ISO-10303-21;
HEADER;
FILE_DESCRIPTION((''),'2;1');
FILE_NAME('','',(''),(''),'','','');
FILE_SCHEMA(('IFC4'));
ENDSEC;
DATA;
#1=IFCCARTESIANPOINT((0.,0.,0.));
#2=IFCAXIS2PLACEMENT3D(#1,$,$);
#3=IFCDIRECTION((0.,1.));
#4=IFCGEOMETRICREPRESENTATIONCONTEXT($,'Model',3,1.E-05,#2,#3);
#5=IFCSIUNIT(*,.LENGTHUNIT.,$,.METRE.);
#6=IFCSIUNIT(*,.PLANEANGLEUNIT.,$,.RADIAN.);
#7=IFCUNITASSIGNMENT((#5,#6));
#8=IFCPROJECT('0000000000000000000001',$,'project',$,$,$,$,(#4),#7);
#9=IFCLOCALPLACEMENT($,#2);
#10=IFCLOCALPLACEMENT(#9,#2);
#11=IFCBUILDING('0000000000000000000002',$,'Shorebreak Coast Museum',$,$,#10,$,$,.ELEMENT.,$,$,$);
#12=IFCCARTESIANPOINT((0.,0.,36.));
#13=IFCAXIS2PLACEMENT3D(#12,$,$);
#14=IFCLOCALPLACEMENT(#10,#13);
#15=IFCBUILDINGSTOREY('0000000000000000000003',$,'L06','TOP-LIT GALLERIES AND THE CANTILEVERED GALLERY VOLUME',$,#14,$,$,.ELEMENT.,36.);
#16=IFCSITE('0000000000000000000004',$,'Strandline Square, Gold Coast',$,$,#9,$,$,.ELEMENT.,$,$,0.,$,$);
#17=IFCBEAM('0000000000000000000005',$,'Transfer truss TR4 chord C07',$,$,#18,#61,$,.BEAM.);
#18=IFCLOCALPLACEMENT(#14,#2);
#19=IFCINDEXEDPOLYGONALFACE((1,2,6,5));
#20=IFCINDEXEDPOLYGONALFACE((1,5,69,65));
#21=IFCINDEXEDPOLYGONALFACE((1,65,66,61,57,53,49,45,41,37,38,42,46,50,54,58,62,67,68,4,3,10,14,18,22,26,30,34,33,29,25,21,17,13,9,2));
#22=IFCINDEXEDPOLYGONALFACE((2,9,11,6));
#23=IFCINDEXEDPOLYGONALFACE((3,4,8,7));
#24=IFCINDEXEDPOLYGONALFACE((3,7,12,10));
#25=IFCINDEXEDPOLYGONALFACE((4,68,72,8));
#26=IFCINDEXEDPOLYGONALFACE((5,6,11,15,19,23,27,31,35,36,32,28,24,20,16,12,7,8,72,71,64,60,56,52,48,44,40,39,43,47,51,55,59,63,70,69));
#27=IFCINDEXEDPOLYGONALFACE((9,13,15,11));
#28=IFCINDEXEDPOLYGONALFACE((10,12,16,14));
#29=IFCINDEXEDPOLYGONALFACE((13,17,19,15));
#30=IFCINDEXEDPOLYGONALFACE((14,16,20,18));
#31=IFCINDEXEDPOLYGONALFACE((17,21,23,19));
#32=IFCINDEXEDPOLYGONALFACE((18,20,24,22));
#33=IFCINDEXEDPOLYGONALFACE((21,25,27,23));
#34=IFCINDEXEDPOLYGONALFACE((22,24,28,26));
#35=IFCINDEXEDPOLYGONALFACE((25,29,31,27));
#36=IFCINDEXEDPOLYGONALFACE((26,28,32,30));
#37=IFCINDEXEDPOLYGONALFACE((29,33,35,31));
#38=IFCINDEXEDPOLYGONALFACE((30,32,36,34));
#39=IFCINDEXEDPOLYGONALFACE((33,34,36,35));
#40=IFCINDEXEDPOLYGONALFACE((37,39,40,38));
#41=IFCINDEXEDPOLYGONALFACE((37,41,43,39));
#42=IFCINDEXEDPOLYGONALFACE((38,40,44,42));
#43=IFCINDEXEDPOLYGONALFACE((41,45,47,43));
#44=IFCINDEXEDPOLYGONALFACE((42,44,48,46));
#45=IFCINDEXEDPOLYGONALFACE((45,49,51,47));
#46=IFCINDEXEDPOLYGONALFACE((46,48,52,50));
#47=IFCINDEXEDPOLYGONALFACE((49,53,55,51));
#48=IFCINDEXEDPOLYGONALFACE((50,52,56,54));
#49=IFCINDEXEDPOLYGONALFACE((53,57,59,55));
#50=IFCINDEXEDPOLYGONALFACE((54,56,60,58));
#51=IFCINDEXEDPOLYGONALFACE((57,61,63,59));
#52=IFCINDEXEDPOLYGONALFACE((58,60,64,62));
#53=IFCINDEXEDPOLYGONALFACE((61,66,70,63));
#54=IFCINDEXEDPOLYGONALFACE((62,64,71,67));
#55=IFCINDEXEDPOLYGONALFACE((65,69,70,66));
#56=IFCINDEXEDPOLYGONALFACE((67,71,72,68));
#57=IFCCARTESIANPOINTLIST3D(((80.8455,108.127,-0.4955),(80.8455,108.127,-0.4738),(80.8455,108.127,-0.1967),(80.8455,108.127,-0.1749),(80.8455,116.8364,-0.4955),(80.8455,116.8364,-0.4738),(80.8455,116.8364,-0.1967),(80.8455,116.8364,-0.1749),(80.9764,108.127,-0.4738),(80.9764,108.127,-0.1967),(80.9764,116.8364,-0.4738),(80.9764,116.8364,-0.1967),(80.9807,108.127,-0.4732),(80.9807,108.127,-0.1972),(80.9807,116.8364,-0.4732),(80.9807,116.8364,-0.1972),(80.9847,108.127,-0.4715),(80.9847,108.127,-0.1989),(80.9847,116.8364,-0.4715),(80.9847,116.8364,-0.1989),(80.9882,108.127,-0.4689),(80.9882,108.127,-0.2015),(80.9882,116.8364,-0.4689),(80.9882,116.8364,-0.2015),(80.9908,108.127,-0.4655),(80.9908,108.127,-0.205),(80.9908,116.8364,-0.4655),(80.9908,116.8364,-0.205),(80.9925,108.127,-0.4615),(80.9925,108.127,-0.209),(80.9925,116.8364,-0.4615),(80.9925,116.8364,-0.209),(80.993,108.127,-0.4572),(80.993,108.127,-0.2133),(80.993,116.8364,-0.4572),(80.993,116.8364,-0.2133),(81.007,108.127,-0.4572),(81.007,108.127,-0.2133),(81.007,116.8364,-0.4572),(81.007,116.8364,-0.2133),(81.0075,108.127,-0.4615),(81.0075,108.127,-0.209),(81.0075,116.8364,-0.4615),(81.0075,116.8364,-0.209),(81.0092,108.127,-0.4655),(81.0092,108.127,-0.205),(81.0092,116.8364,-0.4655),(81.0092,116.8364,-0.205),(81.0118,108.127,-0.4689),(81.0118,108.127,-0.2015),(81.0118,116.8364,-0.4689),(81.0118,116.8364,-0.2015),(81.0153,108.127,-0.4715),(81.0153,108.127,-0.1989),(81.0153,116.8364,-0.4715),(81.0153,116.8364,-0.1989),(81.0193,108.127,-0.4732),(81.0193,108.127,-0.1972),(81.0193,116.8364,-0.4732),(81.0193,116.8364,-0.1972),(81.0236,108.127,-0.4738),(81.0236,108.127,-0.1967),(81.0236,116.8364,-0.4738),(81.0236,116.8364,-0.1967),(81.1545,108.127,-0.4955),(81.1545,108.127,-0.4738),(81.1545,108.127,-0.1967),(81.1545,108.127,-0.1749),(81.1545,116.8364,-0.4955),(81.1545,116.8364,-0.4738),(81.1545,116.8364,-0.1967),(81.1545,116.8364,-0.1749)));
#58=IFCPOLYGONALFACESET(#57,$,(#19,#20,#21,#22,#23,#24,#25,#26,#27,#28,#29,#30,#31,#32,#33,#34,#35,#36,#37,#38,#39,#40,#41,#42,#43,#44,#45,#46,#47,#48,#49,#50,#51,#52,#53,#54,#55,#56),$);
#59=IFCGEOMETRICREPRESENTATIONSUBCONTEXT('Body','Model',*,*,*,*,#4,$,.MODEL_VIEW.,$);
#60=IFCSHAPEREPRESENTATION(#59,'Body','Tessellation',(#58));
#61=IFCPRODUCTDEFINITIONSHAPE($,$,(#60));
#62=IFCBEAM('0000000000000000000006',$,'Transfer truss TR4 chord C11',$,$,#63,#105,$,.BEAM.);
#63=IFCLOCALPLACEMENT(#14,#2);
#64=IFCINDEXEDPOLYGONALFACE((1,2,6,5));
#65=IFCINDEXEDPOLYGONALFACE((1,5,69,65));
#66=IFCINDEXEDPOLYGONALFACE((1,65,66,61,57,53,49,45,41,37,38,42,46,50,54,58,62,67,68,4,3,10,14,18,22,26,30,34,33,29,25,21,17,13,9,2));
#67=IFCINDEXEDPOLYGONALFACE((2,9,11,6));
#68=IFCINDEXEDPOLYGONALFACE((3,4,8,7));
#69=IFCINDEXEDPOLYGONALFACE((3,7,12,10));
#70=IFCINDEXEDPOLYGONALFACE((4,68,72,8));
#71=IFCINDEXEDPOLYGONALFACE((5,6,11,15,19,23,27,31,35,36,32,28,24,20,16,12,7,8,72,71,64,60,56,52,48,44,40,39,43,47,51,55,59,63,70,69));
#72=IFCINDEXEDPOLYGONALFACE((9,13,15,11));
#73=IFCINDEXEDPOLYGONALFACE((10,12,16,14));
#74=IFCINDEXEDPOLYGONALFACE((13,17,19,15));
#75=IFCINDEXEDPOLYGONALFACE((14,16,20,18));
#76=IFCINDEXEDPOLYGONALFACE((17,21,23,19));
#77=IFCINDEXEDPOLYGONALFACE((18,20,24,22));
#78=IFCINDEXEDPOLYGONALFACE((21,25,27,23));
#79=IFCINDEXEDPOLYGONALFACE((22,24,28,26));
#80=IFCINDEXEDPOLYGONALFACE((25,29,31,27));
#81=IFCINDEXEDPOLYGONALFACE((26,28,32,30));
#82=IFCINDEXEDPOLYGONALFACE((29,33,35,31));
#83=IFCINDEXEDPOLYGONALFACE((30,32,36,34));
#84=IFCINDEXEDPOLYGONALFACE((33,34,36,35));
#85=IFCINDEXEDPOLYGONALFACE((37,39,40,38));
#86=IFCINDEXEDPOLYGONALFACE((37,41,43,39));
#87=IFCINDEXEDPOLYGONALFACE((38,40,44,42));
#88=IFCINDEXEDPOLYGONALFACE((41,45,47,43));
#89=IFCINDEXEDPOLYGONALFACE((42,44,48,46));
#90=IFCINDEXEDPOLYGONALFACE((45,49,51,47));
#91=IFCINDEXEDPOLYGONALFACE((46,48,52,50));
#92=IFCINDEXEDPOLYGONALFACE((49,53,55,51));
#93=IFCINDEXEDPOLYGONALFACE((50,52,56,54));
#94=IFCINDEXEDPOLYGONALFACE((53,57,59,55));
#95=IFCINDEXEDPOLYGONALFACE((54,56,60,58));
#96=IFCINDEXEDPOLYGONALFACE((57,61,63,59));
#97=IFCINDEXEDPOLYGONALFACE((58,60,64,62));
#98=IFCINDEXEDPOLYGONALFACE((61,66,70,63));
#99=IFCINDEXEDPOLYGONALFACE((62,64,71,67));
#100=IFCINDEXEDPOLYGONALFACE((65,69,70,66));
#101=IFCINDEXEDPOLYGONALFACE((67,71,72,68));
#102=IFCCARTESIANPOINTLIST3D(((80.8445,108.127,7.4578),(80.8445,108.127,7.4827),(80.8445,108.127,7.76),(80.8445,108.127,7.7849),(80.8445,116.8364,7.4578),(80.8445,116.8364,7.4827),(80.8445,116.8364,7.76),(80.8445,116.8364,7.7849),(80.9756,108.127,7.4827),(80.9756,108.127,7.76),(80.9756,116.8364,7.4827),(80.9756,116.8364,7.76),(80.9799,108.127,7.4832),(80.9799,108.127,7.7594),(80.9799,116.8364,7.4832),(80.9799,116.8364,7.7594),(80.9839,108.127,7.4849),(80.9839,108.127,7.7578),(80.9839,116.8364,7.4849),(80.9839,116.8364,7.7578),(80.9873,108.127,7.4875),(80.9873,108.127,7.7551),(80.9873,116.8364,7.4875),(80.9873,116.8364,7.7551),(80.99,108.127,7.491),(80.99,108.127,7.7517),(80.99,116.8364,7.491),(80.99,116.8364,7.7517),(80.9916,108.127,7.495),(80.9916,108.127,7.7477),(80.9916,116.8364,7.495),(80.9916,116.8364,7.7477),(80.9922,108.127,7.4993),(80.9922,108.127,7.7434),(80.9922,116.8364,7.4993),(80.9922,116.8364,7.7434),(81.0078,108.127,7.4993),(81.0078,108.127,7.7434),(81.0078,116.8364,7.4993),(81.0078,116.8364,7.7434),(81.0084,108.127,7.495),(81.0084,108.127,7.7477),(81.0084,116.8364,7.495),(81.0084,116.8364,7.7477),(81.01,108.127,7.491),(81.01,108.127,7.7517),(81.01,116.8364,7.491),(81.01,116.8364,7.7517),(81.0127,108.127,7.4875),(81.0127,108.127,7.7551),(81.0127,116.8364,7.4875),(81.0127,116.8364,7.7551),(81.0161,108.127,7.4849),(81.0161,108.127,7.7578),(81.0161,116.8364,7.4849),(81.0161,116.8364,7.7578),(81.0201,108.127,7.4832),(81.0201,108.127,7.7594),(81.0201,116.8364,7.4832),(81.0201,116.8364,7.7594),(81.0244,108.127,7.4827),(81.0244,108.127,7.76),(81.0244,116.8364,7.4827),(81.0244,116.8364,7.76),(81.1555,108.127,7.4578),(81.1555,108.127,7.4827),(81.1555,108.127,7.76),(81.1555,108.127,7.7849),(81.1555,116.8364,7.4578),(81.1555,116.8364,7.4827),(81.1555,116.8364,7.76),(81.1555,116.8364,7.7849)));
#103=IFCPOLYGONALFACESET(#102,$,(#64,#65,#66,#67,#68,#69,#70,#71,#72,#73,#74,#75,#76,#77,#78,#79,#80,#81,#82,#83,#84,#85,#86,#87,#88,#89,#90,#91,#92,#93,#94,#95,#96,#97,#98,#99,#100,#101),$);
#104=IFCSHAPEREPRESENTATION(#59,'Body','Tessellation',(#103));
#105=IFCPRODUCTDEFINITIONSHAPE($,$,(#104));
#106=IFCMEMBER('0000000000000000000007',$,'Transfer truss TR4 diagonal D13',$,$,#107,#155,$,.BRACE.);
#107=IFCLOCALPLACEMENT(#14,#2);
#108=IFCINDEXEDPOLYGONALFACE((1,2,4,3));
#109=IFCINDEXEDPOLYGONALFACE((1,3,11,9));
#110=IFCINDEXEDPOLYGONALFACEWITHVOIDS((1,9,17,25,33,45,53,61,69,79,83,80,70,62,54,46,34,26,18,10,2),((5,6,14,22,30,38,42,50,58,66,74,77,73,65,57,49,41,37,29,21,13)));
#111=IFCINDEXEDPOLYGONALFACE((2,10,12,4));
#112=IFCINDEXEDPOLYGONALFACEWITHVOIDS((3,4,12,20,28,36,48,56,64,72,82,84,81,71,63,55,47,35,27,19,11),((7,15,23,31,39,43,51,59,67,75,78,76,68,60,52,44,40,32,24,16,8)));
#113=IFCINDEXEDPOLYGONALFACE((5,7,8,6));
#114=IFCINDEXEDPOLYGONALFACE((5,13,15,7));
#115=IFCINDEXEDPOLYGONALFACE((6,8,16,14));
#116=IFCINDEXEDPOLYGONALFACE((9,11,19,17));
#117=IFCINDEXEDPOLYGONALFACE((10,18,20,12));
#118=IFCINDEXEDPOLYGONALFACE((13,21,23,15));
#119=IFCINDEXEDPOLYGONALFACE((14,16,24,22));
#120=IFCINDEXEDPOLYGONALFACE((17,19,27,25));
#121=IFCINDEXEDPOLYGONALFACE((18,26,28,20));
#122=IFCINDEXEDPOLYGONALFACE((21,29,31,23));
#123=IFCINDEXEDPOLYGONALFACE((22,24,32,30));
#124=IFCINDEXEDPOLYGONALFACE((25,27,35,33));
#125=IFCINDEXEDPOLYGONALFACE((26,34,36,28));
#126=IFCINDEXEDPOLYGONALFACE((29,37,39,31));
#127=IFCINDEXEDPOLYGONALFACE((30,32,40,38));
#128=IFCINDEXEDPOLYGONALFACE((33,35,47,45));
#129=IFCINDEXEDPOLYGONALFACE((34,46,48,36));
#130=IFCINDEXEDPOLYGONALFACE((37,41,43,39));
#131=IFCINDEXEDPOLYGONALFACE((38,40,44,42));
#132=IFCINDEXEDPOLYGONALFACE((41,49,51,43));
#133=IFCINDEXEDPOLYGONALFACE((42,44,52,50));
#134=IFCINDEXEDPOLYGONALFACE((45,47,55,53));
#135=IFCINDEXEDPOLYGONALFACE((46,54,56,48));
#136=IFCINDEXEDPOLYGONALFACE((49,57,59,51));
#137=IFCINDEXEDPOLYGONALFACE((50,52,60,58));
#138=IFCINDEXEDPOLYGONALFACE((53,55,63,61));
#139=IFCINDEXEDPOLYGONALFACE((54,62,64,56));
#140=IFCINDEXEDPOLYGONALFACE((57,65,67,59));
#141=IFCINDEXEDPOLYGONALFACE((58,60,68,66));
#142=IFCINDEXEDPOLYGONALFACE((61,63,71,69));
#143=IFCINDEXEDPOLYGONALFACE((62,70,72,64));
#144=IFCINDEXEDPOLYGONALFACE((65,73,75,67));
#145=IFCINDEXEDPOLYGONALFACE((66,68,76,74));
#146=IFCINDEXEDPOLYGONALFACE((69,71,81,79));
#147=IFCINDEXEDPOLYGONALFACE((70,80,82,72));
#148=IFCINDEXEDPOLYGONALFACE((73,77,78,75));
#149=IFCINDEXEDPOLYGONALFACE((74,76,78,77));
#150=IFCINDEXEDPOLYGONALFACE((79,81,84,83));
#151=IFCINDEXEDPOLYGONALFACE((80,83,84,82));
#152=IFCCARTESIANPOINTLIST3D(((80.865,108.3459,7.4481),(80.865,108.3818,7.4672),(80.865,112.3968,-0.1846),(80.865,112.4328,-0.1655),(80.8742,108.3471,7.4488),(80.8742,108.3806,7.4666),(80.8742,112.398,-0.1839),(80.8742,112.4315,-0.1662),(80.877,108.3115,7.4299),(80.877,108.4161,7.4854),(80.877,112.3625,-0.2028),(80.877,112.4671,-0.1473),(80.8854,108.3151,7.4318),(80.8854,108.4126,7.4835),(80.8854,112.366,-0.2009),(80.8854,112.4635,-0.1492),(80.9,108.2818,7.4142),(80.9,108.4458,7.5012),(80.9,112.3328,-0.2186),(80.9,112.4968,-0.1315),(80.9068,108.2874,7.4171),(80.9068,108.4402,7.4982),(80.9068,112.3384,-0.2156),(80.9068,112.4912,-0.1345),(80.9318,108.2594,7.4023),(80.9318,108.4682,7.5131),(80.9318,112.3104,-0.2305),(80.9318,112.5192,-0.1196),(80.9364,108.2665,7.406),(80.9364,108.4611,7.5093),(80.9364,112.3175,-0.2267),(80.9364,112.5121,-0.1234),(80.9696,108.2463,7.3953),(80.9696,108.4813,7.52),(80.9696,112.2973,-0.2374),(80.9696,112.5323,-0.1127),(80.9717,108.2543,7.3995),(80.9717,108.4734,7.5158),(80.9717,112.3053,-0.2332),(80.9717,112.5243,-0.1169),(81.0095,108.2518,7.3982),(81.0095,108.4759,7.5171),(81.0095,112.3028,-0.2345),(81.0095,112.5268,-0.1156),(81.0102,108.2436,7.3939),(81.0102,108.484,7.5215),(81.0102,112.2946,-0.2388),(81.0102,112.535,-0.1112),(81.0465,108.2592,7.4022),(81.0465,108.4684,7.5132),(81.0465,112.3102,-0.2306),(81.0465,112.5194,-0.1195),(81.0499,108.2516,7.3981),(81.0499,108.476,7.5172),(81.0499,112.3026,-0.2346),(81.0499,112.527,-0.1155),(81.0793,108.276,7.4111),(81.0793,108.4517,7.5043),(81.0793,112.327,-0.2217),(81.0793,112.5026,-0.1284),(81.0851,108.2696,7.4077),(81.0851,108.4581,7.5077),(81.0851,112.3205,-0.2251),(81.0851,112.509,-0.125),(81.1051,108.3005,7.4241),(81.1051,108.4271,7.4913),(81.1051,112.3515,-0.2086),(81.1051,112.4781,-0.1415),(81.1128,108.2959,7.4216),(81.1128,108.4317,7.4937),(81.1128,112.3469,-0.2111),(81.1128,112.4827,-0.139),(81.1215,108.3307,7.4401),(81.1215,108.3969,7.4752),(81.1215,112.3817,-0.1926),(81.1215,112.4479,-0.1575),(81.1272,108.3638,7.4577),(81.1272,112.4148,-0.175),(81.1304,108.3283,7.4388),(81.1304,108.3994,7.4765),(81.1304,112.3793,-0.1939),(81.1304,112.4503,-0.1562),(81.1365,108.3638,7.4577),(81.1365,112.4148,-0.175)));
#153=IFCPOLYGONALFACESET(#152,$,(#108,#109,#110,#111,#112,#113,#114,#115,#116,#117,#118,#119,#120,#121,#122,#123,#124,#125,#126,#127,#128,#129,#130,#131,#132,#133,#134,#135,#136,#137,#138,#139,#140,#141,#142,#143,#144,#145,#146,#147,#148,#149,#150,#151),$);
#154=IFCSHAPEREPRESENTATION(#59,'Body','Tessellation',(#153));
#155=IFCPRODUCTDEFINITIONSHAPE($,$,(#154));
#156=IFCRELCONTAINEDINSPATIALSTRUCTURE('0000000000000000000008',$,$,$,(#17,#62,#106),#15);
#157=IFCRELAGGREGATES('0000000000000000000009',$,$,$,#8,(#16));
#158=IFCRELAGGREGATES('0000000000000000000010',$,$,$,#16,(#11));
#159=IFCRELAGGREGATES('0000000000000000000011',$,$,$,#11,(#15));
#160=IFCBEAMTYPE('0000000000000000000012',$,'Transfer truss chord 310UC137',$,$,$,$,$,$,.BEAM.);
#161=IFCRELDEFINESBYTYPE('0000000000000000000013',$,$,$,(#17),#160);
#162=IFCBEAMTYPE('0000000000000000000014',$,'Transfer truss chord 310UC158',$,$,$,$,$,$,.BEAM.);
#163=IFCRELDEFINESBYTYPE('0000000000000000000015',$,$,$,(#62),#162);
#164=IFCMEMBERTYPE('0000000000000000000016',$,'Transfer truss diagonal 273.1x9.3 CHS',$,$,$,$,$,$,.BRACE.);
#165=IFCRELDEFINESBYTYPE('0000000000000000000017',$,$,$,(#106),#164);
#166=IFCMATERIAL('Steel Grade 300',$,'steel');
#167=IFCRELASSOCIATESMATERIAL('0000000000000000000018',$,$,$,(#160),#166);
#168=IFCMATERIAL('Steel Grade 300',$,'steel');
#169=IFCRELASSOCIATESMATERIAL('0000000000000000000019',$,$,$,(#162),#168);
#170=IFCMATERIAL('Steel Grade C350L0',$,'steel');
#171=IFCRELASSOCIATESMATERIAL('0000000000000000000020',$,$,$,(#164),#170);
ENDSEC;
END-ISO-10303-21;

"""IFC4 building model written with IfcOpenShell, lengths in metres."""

from ifc_helpers import new_model, si_unit, direction, frame, origin, origin_2d, place, context, subcontext, project, spatial, hollow_circle, i_section, extrude, material, material_profile, profile_set, type_object, element, save


model = new_model("IFC4")

# Units and contexts
model_context = context("Model", 3, precision=1e-05, world=origin(), true_north=direction((0.0, 1.0)))
body_context = subcontext(model_context, "Body", "Model", "MODEL_VIEW")
ifc_project = project(units=[si_unit("LENGTHUNIT", "METRE"), si_unit("PLANEANGLEUNIT", "RADIAN")], contexts=[model_context])

# Site, building, storey
site_placement = place(None, origin())
site = spatial("IfcSite", under=ifc_project, at=site_placement, Name="Strandline Square, Gold Coast", CompositionType="ELEMENT", RefElevation=0.0)
building_placement = place(site_placement, origin())
building = spatial("IfcBuilding", under=site, at=building_placement, Name="Shorebreak Coast Museum", CompositionType="ELEMENT")
storey_placement = place(building_placement, frame((0.0, 0.0, 36.0)))
storey = spatial("IfcBuildingStorey", under=building, at=storey_placement, Name="L06", Description="TOP-LIT GALLERIES AND THE CANTILEVERED GALLERY VOLUME", CompositionType="ELEMENT", Elevation=36.0)

# Beams
ifc_material_1 = material(Name="Steel Grade 300", Category="steel")
ifc_material_profile_1 = material_profile(ifc_material_1, i_section(OverallWidth=0.3091, OverallDepth=0.3206, WebThickness=0.0139, FlangeThickness=0.0217, FilletRadius=0.0166, at=origin_2d()), Name="310UC137")
ifc_profile_set_1 = profile_set([ifc_material_profile_1], Name="Steel Grade 300")
beam_type_1 = type_object("IfcBeamType", Name="Transfer truss chord 310UC137", PredefinedType="BEAM", material=ifc_profile_set_1)
beam_1_placement = place(storey_placement, frame((81.0, 108.127, -0.3352), z_axis=(0.0, 1.0, 0.0), x_axis=(-1.0, 0.0, 0.0)))
element("IfcBeam", 1, at=beam_1_placement, inside=storey, type_object=beam_type_1, Name="Transfer truss TR4 chord C07", PredefinedType="BEAM", context=body_context, shape_type="SweptSolid", body=[
    extrude(i_section(OverallWidth=0.3091, OverallDepth=0.3206, WebThickness=0.0139, FlangeThickness=0.0217, FilletRadius=0.0166, at=origin_2d()), origin(), (0.0, 0.0, 1.0), 8.7095),
])
ifc_material_2 = material(Name="Steel Grade 300", Category="steel")
ifc_material_profile_2 = material_profile(ifc_material_2, i_section(OverallWidth=0.311, OverallDepth=0.3271, WebThickness=0.0156, FlangeThickness=0.0249, FilletRadius=0.0166, at=origin_2d()), Name="310UC158")
ifc_profile_set_2 = profile_set([ifc_material_profile_2], Name="Steel Grade 300")
beam_type_2 = type_object("IfcBeamType", Name="Transfer truss chord 310UC158", PredefinedType="BEAM", material=ifc_profile_set_2)
beam_2_placement = place(storey_placement, frame((81.0, 108.127, 7.6213), z_axis=(0.0, 1.0, 0.0), x_axis=(-1.0, 0.0, 0.0)))
element("IfcBeam", 2, at=beam_2_placement, inside=storey, type_object=beam_type_2, Name="Transfer truss TR4 chord C11", PredefinedType="BEAM", context=body_context, shape_type="SweptSolid", body=[
    extrude(i_section(OverallWidth=0.311, OverallDepth=0.3271, WebThickness=0.0156, FlangeThickness=0.0249, FilletRadius=0.0166, at=origin_2d()), origin(), (0.0, 0.0, 1.0), 8.7095),
])

# Member
ifc_material_3 = material(Name="Steel Grade C350L0", Category="steel")
ifc_material_profile_3 = material_profile(ifc_material_3, hollow_circle(Radius=0.1365, WallThickness=0.0093, at=origin_2d()), Name="273.1x9.3 CHS")
ifc_profile_set_3 = profile_set([ifc_material_profile_3], Name="Steel Grade C350L0")
member_type_1 = type_object("IfcMemberType", Name="Transfer truss diagonal 273.1x9.3 CHS", PredefinedType="BRACE", material=ifc_profile_set_3)
member_1_placement = place(storey_placement, frame((81.0, 112.4148, -0.175), z_axis=(0.0, -0.468803, 0.883303), x_axis=(1.0, 0.0, 0.0)))
element("IfcMember", 3, at=member_1_placement, inside=storey, type_object=member_type_1, Name="Transfer truss TR4 diagonal D13", PredefinedType="BRACE", context=body_context, shape_type="SweptSolid", body=[
    extrude(hollow_circle(Radius=0.1365, WallThickness=0.0093, at=origin_2d()), origin(), (0.0, 0.0, 1.0), 8.6411),
])

save(model, "model.ifc")
